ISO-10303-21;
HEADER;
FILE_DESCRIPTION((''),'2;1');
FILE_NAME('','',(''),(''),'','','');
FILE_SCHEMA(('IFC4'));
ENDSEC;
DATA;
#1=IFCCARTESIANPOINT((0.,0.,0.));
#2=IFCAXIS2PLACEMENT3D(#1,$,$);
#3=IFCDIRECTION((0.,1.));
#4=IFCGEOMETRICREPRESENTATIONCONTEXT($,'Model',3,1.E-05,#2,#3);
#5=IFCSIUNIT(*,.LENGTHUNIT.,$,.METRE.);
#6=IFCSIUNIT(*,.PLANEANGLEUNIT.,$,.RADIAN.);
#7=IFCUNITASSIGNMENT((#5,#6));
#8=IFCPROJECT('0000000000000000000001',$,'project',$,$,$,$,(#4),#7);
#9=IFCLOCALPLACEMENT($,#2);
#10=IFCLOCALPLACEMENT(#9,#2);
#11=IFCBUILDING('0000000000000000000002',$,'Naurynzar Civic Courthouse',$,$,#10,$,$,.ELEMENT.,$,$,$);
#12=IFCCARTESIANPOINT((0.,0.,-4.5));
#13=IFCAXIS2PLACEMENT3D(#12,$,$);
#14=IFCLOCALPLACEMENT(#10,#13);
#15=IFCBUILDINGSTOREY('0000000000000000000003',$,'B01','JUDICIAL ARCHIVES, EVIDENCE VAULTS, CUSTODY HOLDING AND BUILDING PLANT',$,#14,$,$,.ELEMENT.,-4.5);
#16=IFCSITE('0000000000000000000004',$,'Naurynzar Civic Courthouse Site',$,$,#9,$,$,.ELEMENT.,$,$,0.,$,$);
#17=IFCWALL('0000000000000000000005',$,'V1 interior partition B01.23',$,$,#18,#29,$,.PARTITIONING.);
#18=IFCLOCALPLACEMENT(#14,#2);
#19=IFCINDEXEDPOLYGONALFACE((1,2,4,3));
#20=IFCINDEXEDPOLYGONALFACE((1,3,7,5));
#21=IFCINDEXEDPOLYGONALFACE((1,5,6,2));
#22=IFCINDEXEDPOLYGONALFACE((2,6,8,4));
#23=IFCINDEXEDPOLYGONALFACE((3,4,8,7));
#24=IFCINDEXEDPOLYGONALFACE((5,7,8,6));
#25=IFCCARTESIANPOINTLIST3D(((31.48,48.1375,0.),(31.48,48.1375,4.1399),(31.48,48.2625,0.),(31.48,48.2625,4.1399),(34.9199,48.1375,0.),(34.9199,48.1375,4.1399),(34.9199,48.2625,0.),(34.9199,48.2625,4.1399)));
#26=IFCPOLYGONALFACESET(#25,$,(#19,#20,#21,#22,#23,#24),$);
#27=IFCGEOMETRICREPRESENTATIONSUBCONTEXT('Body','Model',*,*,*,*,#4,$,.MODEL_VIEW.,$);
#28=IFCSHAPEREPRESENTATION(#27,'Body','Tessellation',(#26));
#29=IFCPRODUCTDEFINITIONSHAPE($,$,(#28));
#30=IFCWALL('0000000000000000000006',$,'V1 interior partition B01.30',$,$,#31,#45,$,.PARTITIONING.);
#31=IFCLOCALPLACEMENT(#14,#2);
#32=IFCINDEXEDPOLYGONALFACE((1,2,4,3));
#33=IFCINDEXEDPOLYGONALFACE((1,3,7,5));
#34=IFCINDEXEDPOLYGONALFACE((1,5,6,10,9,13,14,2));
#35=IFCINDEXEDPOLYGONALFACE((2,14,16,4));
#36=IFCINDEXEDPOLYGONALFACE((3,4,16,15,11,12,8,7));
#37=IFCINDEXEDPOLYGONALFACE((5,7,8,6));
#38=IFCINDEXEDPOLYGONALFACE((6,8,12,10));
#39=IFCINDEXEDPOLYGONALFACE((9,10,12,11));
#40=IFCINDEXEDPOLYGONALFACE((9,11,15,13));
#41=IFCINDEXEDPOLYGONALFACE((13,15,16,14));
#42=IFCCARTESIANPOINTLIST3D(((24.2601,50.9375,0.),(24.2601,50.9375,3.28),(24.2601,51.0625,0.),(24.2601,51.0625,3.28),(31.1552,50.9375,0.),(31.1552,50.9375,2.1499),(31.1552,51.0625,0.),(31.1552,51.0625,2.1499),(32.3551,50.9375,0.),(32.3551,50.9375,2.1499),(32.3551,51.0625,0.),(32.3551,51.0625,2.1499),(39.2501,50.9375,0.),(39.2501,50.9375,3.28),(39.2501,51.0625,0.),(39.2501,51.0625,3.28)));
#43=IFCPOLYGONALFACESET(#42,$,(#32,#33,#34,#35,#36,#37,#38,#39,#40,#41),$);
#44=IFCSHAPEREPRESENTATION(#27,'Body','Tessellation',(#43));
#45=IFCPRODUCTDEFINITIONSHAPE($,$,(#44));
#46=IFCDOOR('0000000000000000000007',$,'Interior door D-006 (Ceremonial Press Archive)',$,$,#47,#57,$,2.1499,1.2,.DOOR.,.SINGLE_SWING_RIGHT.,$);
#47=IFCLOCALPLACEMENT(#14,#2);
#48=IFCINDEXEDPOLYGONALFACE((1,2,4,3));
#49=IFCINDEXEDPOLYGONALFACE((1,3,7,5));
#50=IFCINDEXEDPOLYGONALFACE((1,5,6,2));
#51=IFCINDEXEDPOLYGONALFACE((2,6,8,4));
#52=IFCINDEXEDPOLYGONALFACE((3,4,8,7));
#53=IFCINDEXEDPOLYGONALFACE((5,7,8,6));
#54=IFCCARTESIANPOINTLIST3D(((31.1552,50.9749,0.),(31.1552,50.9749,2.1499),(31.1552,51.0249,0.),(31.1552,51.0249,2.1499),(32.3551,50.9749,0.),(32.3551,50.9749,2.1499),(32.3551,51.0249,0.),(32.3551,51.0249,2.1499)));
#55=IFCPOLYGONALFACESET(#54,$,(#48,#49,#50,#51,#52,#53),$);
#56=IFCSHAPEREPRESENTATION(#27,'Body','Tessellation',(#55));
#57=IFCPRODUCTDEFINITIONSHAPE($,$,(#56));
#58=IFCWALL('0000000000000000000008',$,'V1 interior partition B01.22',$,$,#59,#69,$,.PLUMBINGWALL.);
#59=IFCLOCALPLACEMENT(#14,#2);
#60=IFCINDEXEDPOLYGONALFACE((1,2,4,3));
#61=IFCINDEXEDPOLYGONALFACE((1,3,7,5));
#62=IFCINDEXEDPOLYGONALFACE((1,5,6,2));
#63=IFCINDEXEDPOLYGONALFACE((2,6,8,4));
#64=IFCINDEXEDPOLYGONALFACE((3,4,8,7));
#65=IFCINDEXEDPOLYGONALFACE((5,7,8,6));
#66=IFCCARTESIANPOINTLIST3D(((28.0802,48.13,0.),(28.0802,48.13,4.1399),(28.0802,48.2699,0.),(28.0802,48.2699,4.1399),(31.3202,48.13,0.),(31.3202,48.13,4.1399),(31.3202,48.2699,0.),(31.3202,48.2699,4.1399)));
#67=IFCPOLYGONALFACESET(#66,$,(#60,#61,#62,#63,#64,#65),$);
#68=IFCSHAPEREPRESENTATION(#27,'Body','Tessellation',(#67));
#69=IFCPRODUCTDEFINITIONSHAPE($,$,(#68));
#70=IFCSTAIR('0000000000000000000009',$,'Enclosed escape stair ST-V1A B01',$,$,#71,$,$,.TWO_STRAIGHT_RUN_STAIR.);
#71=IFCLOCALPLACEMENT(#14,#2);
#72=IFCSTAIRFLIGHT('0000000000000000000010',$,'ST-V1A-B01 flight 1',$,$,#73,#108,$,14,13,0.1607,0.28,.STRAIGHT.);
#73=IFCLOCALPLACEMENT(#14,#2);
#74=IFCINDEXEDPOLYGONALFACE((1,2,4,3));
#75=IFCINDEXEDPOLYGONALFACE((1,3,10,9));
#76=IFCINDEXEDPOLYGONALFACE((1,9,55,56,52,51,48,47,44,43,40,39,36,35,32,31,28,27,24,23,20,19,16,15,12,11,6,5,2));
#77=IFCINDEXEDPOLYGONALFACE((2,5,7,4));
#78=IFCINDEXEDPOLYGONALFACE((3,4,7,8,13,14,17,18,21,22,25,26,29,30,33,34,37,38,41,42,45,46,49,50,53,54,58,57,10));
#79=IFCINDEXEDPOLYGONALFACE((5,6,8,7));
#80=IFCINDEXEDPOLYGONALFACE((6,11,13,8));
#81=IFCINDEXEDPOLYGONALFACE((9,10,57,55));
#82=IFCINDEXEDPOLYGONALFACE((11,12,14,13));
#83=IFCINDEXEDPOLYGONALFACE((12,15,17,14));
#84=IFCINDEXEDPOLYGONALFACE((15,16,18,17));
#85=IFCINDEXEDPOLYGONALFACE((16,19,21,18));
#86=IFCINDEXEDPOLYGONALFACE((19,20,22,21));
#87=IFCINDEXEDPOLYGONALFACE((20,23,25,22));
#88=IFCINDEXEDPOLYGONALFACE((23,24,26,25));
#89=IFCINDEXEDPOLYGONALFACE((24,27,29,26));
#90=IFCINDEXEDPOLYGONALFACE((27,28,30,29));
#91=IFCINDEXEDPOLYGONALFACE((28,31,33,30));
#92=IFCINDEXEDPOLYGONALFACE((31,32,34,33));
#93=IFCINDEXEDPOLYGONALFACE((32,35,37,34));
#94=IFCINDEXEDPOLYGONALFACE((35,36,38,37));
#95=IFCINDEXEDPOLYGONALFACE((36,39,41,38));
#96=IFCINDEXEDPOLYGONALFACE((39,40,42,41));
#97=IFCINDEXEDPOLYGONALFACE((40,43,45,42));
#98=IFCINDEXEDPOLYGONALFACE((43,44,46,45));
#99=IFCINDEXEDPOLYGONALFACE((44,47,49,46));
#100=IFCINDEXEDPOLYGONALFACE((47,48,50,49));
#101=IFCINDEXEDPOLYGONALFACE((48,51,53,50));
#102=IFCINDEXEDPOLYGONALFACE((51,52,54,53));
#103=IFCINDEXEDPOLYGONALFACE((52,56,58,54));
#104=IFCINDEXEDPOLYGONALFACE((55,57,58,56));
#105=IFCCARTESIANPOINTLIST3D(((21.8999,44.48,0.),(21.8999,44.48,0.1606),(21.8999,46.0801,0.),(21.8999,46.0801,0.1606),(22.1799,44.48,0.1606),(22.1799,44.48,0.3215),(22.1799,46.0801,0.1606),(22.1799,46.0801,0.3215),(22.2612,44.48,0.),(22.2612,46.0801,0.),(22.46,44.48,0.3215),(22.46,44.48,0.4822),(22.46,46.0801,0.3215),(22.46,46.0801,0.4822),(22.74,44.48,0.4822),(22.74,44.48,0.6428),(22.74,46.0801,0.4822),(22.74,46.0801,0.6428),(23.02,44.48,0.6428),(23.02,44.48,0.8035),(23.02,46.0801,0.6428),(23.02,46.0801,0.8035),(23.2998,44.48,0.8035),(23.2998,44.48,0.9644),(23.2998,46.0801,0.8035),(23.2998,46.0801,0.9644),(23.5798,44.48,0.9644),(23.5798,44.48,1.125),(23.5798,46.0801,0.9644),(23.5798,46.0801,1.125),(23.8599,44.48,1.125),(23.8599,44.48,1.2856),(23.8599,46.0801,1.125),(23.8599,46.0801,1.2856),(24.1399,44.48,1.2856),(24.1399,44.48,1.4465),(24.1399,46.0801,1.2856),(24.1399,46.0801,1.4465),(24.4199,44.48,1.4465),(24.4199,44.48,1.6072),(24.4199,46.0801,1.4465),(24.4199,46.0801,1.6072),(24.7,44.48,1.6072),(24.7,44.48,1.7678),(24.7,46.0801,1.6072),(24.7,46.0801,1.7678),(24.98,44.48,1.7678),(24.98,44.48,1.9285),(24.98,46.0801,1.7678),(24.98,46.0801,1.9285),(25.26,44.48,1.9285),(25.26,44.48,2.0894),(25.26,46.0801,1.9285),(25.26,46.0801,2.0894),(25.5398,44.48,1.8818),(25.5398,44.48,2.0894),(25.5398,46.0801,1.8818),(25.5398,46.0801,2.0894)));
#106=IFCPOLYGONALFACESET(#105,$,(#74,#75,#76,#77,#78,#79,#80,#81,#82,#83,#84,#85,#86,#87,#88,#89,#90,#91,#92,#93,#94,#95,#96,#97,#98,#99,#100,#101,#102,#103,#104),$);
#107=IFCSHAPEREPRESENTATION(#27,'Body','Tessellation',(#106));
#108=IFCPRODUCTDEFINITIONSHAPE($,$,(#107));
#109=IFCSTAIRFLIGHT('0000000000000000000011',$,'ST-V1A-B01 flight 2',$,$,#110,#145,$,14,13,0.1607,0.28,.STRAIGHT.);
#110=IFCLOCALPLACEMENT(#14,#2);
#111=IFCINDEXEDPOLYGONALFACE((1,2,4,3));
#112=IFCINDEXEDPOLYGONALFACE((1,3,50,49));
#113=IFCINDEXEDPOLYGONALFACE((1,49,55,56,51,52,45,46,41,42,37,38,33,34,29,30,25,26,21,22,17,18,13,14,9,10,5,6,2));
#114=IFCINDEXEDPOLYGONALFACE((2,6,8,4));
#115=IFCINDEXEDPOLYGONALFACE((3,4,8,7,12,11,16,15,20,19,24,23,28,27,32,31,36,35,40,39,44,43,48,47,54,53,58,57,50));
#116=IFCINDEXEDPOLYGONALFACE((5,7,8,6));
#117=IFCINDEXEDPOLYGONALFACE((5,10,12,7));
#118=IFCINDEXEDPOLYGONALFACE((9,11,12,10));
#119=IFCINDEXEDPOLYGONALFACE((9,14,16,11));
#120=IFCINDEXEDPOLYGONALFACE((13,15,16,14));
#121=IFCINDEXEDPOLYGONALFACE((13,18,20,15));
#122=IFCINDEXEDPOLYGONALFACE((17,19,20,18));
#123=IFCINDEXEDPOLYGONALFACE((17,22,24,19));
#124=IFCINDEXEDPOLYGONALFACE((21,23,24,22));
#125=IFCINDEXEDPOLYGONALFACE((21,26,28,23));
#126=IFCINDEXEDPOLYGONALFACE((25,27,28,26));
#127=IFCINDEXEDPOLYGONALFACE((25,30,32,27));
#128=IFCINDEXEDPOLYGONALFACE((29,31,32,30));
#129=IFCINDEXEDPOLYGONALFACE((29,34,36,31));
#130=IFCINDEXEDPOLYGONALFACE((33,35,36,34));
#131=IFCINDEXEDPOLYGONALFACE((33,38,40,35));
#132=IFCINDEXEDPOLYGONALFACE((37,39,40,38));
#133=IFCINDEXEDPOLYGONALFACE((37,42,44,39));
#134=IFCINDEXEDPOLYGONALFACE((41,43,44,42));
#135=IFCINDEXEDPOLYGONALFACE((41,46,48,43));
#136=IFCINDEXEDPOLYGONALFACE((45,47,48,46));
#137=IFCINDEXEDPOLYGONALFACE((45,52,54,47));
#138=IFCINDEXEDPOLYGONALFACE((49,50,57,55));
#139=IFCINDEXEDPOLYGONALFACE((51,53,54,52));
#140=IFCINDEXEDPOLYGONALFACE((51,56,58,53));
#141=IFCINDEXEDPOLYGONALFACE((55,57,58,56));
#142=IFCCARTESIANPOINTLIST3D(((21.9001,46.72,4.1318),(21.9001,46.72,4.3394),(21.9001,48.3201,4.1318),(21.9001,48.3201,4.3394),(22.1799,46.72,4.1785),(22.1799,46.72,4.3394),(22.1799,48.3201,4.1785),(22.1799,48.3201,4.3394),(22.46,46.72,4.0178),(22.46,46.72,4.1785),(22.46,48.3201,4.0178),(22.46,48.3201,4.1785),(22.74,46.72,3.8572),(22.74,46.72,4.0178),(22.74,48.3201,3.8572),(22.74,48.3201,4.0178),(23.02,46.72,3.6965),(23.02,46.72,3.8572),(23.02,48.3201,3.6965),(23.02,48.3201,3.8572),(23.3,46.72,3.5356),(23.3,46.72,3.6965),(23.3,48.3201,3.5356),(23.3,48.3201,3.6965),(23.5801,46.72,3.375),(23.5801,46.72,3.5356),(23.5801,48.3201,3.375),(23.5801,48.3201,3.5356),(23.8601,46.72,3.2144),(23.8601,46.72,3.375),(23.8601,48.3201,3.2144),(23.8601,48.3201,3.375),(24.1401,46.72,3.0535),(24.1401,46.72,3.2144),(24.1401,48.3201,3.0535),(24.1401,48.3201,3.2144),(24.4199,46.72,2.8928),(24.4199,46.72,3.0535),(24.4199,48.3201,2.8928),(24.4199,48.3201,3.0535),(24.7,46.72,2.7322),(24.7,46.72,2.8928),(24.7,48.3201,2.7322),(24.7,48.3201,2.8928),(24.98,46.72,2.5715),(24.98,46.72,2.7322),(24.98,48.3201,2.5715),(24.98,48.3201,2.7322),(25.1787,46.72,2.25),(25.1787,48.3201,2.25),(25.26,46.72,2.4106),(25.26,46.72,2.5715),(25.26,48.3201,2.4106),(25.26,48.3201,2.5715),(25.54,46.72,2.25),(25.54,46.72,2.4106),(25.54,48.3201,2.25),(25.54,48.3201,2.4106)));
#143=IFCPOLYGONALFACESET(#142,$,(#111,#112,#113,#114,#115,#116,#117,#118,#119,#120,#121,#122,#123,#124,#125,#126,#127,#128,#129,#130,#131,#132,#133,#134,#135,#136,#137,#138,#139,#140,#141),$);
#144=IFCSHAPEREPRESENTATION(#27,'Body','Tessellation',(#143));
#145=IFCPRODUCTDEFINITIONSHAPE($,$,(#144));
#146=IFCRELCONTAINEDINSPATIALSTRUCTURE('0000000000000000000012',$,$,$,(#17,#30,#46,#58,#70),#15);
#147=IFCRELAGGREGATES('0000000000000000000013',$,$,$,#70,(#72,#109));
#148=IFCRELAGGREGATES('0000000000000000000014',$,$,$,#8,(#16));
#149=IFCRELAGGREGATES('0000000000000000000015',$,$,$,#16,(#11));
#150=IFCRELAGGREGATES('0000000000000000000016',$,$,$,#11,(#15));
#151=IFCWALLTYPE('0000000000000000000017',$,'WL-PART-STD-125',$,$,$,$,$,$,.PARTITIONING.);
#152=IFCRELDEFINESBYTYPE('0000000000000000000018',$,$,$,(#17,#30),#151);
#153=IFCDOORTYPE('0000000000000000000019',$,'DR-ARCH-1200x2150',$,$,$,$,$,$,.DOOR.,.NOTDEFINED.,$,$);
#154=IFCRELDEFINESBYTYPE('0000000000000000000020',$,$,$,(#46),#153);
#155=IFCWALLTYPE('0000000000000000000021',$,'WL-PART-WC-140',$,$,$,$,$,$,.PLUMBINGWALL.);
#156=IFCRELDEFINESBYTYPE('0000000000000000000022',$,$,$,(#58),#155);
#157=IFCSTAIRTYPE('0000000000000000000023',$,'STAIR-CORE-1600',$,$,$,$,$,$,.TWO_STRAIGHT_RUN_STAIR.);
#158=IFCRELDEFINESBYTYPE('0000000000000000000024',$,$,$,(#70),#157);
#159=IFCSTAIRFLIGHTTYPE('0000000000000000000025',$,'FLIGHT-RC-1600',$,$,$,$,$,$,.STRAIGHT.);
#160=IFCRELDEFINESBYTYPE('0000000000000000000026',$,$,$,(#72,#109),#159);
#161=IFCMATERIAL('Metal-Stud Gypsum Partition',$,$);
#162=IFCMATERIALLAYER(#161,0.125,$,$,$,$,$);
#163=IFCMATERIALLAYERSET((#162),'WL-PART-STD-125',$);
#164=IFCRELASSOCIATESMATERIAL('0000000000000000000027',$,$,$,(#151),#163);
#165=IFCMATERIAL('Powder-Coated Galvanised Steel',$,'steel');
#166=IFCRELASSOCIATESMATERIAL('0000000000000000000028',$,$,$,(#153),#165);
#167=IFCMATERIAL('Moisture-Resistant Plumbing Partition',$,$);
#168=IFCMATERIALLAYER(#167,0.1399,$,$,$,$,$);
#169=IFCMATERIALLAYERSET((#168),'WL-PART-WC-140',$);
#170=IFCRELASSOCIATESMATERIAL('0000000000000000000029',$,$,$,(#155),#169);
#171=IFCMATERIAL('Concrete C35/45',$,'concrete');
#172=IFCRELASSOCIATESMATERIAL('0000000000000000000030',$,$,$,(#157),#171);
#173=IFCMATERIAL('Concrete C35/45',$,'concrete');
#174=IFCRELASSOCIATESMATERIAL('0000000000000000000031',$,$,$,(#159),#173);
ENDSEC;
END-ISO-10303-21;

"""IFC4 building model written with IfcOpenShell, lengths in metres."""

from ifc_helpers import new_model, si_unit, direction, frame, frame_2d, origin, place, context, subcontext, project, spatial, polyline, rectangle, outline, extrude, material, layer, layer_set, type_object, element, fill, aggregate, save


model = new_model("IFC4")

# Units and contexts
model_context = context("Model", 3, precision=1e-05, world=origin(), true_north=direction((0.0, 1.0)))
body_context = subcontext(model_context, "Body", "Model", "MODEL_VIEW")
ifc_project = project(units=[si_unit("LENGTHUNIT", "METRE"), si_unit("PLANEANGLEUNIT", "RADIAN")], contexts=[model_context])

# Site, building, storey
site_placement = place(None, origin())
site = spatial("IfcSite", under=ifc_project, at=site_placement, Name="Naurynzar Civic Courthouse Site", CompositionType="ELEMENT", RefElevation=0.0)
building_placement = place(site_placement, origin())
building = spatial("IfcBuilding", under=site, at=building_placement, Name="Naurynzar Civic Courthouse", CompositionType="ELEMENT")
storey_placement = place(building_placement, frame((0.0, 0.0, -4.5)))
storey = spatial("IfcBuildingStorey", under=building, at=storey_placement, Name="B01", Description="JUDICIAL ARCHIVES, EVIDENCE VAULTS, CUSTODY HOLDING AND BUILDING PLANT", CompositionType="ELEMENT", Elevation=-4.5)

# Wall
ifc_material_1 = material(Name="Metal-Stud Gypsum Partition")
ifc_layer_1 = layer(ifc_material_1, 0.125)
ifc_layer_set_1 = layer_set([ifc_layer_1], Name="WL-PART-STD-125")
wall_type_1 = type_object("IfcWallType", Name="WL-PART-STD-125", PredefinedType="PARTITIONING", material=ifc_layer_set_1)
wall_1_placement = place(storey_placement, frame((31.48, 48.2, 0.0), z_axis=(0.0, 0.0, 1.0), x_axis=(1.0, 0.0, 0.0)))
element("IfcWall", 1, at=wall_1_placement, inside=storey, type_object=wall_type_1, Name="V1 interior partition B01.23", PredefinedType="PARTITIONING", context=body_context, shape_type="SweptSolid", body=[
    extrude(rectangle(XDim=3.4399, YDim=0.125, at=frame_2d((1.72, 0.0))), origin(), (0.0, 0.0, 1.0), 4.1399),
])

# Wall, opening, door
wall_2_placement = place(storey_placement, frame((24.26, 51.0, 0.0), z_axis=(0.0, 0.0, 1.0), x_axis=(1.0, 0.0, 0.0)))
wall_2 = element("IfcWall", 2, at=wall_2_placement, inside=storey, type_object=wall_type_1, Name="V1 interior partition B01.30", PredefinedType="PARTITIONING", context=body_context, shape_type="SweptSolid", body=[
    extrude(rectangle(XDim=14.99, YDim=0.125, at=frame_2d((7.4951, 0.0))), origin(), (0.0, 0.0, 1.0), 3.28),
])
opening_1_placement = place(wall_2_placement, frame((6.895, 0.0, 0.0)))
opening_1 = element("IfcOpeningElement", 3, at=opening_1_placement, cuts=wall_2, PredefinedType="OPENING", context=body_context, shape_type="SweptSolid", body=[
    extrude(rectangle(XDim=1.2, YDim=2.1499, at=frame_2d((0.6001, 1.075))), frame((0.0, 0.0725, 0.0), z_axis=(0.0, -1.0, 0.0), x_axis=(1.0, 0.0, 0.0)), (0.0, 0.0, 1.0), 0.145),
])
ifc_material_2 = material(Name="Powder-Coated Galvanised Steel", Category="steel")
door_type_1 = type_object("IfcDoorType", Name="DR-ARCH-1200x2150", OperationType="NOTDEFINED", PredefinedType="DOOR", material=ifc_material_2)
door_1_placement = place(opening_1_placement, origin())
door_1 = element("IfcDoor", 4, at=door_1_placement, inside=storey, type_object=door_type_1, Name="Interior door D-006 (Ceremonial Press Archive)", OperationType="SINGLE_SWING_RIGHT", OverallHeight=2.1499, OverallWidth=1.2, PredefinedType="DOOR", context=body_context, shape_type="SweptSolid", body=[
    extrude(rectangle(XDim=1.2, YDim=2.1499, at=frame_2d((0.6001, 1.075))), frame((0.0, 0.0249, 0.0), z_axis=(0.0, -1.0, 0.0), x_axis=(1.0, 0.0, 0.0)), (0.0, 0.0, 1.0), 0.05),
])
fill(opening_1, door_1)

# Wall
ifc_material_3 = material(Name="Moisture-Resistant Plumbing Partition")
ifc_layer_2 = layer(ifc_material_3, 0.1399)
ifc_layer_set_2 = layer_set([ifc_layer_2], Name="WL-PART-WC-140")
wall_type_2 = type_object("IfcWallType", Name="WL-PART-WC-140", PredefinedType="PLUMBINGWALL", material=ifc_layer_set_2)
wall_3_placement = place(storey_placement, frame((28.0801, 48.2, 0.0), z_axis=(0.0, 0.0, 1.0), x_axis=(1.0, 0.0, 0.0)))
element("IfcWall", 5, at=wall_3_placement, inside=storey, type_object=wall_type_2, Name="V1 interior partition B01.22", PredefinedType="PLUMBINGWALL", context=body_context, shape_type="SweptSolid", body=[
    extrude(rectangle(XDim=3.24, YDim=0.1399, at=frame_2d((1.6201, 0.0))), origin(), (0.0, 0.0, 1.0), 4.1399),
])

# Stair, stair flights
ifc_material_4 = material(Name="Concrete C35/45", Category="concrete")
stair_type = type_object("IfcStairType", Name="STAIR-CORE-1600", PredefinedType="TWO_STRAIGHT_RUN_STAIR", material=ifc_material_4)
stair_placement = place(storey_placement, origin())
stair = element("IfcStair", 6, at=stair_placement, inside=storey, type_object=stair_type, Name="Enclosed escape stair ST-V1A B01", PredefinedType="TWO_STRAIGHT_RUN_STAIR")
ifc_material_5 = material(Name="Concrete C35/45", Category="concrete")
stair_flight_type = type_object("IfcStairFlightType", Name="FLIGHT-RC-1600", PredefinedType="STRAIGHT", material=ifc_material_5)
stair_flight_1_placement = place(storey_placement, frame((21.8999, 45.28, 0.0), z_axis=(0.0, 0.0, 1.0), x_axis=(1.0, 0.0, 0.0)))
stair_flight_1 = element("IfcStairFlight", 7, at=stair_flight_1_placement, type_object=stair_flight_type, Name="ST-V1A-B01 flight 1", NumberOfRisers=14, NumberOfTreads=13, PredefinedType="STRAIGHT", RiserHeight=0.1607, TreadLength=0.28, context=body_context, shape_type="SweptSolid", body=[
    extrude(outline(polyline([(0.0, 0.0), (0.0, 0.1606), (0.28, 0.1606), (0.28, 0.3215), (0.5601, 0.3215), (0.5601, 0.4822), (0.8401, 0.4822), (0.8401, 0.6428), (1.1201, 0.6428), (1.1201, 0.8035), (1.3999, 0.8035), (1.3999, 0.9644), (1.6799, 0.9644), (1.6799, 1.125), (1.96, 1.125), (1.96, 1.2856), (2.24, 1.2856), (2.24, 1.4465), (2.52, 1.4465), (2.52, 1.6072), (2.8, 1.6072), (2.8, 1.7678), (3.0801, 1.7678), (3.0801, 1.9285), (3.3601, 1.9285), (3.3601, 2.0894), (3.6399, 2.0894), (3.6399, 2.25), (3.6399, 1.8818), (0.3613, 0.0), (0.0, 0.0)])), frame((0.0, 0.8, 0.0), z_axis=(0.0, -1.0, 0.0), x_axis=(1.0, 0.0, 0.0)), (0.0, 0.0, 1.0), 1.6001),
])
stair_flight_2_placement = place(storey_placement, frame((25.54, 47.52, 2.25), z_axis=(0.0, 0.0, 1.0), x_axis=(-1.0, 0.0, 0.0)))
stair_flight_2 = element("IfcStairFlight", 8, at=stair_flight_2_placement, type_object=stair_flight_type, Name="ST-V1A-B01 flight 2", NumberOfRisers=14, NumberOfTreads=13, PredefinedType="STRAIGHT", RiserHeight=0.1607, TreadLength=0.28, context=body_context, shape_type="SweptSolid", body=[
    extrude(outline(polyline([(0.0, 0.0), (0.0, 0.1606), (0.28, 0.1606), (0.28, 0.3215), (0.5601, 0.3215), (0.5601, 0.4822), (0.8401, 0.4822), (0.8401, 0.6428), (1.1201, 0.6428), (1.1201, 0.8035), (1.3999, 0.8035), (1.3999, 0.9644), (1.6799, 0.9644), (1.6799, 1.125), (1.96, 1.125), (1.96, 1.2856), (2.24, 1.2856), (2.24, 1.4465), (2.52, 1.4465), (2.52, 1.6072), (2.8, 1.6072), (2.8, 1.7678), (3.0801, 1.7678), (3.0801, 1.9285), (3.3601, 1.9285), (3.3601, 2.0894), (3.6399, 2.0894), (3.6399, 2.25), (3.6399, 1.8818), (0.3613, 0.0), (0.0, 0.0)])), frame((0.0, 0.8, 0.0), z_axis=(0.0, -1.0, 0.0), x_axis=(1.0, 0.0, 0.0)), (0.0, 0.0, 1.0), 1.6001),
])
aggregate(stair, [stair_flight_1, stair_flight_2])

save(model, "model.ifc")
